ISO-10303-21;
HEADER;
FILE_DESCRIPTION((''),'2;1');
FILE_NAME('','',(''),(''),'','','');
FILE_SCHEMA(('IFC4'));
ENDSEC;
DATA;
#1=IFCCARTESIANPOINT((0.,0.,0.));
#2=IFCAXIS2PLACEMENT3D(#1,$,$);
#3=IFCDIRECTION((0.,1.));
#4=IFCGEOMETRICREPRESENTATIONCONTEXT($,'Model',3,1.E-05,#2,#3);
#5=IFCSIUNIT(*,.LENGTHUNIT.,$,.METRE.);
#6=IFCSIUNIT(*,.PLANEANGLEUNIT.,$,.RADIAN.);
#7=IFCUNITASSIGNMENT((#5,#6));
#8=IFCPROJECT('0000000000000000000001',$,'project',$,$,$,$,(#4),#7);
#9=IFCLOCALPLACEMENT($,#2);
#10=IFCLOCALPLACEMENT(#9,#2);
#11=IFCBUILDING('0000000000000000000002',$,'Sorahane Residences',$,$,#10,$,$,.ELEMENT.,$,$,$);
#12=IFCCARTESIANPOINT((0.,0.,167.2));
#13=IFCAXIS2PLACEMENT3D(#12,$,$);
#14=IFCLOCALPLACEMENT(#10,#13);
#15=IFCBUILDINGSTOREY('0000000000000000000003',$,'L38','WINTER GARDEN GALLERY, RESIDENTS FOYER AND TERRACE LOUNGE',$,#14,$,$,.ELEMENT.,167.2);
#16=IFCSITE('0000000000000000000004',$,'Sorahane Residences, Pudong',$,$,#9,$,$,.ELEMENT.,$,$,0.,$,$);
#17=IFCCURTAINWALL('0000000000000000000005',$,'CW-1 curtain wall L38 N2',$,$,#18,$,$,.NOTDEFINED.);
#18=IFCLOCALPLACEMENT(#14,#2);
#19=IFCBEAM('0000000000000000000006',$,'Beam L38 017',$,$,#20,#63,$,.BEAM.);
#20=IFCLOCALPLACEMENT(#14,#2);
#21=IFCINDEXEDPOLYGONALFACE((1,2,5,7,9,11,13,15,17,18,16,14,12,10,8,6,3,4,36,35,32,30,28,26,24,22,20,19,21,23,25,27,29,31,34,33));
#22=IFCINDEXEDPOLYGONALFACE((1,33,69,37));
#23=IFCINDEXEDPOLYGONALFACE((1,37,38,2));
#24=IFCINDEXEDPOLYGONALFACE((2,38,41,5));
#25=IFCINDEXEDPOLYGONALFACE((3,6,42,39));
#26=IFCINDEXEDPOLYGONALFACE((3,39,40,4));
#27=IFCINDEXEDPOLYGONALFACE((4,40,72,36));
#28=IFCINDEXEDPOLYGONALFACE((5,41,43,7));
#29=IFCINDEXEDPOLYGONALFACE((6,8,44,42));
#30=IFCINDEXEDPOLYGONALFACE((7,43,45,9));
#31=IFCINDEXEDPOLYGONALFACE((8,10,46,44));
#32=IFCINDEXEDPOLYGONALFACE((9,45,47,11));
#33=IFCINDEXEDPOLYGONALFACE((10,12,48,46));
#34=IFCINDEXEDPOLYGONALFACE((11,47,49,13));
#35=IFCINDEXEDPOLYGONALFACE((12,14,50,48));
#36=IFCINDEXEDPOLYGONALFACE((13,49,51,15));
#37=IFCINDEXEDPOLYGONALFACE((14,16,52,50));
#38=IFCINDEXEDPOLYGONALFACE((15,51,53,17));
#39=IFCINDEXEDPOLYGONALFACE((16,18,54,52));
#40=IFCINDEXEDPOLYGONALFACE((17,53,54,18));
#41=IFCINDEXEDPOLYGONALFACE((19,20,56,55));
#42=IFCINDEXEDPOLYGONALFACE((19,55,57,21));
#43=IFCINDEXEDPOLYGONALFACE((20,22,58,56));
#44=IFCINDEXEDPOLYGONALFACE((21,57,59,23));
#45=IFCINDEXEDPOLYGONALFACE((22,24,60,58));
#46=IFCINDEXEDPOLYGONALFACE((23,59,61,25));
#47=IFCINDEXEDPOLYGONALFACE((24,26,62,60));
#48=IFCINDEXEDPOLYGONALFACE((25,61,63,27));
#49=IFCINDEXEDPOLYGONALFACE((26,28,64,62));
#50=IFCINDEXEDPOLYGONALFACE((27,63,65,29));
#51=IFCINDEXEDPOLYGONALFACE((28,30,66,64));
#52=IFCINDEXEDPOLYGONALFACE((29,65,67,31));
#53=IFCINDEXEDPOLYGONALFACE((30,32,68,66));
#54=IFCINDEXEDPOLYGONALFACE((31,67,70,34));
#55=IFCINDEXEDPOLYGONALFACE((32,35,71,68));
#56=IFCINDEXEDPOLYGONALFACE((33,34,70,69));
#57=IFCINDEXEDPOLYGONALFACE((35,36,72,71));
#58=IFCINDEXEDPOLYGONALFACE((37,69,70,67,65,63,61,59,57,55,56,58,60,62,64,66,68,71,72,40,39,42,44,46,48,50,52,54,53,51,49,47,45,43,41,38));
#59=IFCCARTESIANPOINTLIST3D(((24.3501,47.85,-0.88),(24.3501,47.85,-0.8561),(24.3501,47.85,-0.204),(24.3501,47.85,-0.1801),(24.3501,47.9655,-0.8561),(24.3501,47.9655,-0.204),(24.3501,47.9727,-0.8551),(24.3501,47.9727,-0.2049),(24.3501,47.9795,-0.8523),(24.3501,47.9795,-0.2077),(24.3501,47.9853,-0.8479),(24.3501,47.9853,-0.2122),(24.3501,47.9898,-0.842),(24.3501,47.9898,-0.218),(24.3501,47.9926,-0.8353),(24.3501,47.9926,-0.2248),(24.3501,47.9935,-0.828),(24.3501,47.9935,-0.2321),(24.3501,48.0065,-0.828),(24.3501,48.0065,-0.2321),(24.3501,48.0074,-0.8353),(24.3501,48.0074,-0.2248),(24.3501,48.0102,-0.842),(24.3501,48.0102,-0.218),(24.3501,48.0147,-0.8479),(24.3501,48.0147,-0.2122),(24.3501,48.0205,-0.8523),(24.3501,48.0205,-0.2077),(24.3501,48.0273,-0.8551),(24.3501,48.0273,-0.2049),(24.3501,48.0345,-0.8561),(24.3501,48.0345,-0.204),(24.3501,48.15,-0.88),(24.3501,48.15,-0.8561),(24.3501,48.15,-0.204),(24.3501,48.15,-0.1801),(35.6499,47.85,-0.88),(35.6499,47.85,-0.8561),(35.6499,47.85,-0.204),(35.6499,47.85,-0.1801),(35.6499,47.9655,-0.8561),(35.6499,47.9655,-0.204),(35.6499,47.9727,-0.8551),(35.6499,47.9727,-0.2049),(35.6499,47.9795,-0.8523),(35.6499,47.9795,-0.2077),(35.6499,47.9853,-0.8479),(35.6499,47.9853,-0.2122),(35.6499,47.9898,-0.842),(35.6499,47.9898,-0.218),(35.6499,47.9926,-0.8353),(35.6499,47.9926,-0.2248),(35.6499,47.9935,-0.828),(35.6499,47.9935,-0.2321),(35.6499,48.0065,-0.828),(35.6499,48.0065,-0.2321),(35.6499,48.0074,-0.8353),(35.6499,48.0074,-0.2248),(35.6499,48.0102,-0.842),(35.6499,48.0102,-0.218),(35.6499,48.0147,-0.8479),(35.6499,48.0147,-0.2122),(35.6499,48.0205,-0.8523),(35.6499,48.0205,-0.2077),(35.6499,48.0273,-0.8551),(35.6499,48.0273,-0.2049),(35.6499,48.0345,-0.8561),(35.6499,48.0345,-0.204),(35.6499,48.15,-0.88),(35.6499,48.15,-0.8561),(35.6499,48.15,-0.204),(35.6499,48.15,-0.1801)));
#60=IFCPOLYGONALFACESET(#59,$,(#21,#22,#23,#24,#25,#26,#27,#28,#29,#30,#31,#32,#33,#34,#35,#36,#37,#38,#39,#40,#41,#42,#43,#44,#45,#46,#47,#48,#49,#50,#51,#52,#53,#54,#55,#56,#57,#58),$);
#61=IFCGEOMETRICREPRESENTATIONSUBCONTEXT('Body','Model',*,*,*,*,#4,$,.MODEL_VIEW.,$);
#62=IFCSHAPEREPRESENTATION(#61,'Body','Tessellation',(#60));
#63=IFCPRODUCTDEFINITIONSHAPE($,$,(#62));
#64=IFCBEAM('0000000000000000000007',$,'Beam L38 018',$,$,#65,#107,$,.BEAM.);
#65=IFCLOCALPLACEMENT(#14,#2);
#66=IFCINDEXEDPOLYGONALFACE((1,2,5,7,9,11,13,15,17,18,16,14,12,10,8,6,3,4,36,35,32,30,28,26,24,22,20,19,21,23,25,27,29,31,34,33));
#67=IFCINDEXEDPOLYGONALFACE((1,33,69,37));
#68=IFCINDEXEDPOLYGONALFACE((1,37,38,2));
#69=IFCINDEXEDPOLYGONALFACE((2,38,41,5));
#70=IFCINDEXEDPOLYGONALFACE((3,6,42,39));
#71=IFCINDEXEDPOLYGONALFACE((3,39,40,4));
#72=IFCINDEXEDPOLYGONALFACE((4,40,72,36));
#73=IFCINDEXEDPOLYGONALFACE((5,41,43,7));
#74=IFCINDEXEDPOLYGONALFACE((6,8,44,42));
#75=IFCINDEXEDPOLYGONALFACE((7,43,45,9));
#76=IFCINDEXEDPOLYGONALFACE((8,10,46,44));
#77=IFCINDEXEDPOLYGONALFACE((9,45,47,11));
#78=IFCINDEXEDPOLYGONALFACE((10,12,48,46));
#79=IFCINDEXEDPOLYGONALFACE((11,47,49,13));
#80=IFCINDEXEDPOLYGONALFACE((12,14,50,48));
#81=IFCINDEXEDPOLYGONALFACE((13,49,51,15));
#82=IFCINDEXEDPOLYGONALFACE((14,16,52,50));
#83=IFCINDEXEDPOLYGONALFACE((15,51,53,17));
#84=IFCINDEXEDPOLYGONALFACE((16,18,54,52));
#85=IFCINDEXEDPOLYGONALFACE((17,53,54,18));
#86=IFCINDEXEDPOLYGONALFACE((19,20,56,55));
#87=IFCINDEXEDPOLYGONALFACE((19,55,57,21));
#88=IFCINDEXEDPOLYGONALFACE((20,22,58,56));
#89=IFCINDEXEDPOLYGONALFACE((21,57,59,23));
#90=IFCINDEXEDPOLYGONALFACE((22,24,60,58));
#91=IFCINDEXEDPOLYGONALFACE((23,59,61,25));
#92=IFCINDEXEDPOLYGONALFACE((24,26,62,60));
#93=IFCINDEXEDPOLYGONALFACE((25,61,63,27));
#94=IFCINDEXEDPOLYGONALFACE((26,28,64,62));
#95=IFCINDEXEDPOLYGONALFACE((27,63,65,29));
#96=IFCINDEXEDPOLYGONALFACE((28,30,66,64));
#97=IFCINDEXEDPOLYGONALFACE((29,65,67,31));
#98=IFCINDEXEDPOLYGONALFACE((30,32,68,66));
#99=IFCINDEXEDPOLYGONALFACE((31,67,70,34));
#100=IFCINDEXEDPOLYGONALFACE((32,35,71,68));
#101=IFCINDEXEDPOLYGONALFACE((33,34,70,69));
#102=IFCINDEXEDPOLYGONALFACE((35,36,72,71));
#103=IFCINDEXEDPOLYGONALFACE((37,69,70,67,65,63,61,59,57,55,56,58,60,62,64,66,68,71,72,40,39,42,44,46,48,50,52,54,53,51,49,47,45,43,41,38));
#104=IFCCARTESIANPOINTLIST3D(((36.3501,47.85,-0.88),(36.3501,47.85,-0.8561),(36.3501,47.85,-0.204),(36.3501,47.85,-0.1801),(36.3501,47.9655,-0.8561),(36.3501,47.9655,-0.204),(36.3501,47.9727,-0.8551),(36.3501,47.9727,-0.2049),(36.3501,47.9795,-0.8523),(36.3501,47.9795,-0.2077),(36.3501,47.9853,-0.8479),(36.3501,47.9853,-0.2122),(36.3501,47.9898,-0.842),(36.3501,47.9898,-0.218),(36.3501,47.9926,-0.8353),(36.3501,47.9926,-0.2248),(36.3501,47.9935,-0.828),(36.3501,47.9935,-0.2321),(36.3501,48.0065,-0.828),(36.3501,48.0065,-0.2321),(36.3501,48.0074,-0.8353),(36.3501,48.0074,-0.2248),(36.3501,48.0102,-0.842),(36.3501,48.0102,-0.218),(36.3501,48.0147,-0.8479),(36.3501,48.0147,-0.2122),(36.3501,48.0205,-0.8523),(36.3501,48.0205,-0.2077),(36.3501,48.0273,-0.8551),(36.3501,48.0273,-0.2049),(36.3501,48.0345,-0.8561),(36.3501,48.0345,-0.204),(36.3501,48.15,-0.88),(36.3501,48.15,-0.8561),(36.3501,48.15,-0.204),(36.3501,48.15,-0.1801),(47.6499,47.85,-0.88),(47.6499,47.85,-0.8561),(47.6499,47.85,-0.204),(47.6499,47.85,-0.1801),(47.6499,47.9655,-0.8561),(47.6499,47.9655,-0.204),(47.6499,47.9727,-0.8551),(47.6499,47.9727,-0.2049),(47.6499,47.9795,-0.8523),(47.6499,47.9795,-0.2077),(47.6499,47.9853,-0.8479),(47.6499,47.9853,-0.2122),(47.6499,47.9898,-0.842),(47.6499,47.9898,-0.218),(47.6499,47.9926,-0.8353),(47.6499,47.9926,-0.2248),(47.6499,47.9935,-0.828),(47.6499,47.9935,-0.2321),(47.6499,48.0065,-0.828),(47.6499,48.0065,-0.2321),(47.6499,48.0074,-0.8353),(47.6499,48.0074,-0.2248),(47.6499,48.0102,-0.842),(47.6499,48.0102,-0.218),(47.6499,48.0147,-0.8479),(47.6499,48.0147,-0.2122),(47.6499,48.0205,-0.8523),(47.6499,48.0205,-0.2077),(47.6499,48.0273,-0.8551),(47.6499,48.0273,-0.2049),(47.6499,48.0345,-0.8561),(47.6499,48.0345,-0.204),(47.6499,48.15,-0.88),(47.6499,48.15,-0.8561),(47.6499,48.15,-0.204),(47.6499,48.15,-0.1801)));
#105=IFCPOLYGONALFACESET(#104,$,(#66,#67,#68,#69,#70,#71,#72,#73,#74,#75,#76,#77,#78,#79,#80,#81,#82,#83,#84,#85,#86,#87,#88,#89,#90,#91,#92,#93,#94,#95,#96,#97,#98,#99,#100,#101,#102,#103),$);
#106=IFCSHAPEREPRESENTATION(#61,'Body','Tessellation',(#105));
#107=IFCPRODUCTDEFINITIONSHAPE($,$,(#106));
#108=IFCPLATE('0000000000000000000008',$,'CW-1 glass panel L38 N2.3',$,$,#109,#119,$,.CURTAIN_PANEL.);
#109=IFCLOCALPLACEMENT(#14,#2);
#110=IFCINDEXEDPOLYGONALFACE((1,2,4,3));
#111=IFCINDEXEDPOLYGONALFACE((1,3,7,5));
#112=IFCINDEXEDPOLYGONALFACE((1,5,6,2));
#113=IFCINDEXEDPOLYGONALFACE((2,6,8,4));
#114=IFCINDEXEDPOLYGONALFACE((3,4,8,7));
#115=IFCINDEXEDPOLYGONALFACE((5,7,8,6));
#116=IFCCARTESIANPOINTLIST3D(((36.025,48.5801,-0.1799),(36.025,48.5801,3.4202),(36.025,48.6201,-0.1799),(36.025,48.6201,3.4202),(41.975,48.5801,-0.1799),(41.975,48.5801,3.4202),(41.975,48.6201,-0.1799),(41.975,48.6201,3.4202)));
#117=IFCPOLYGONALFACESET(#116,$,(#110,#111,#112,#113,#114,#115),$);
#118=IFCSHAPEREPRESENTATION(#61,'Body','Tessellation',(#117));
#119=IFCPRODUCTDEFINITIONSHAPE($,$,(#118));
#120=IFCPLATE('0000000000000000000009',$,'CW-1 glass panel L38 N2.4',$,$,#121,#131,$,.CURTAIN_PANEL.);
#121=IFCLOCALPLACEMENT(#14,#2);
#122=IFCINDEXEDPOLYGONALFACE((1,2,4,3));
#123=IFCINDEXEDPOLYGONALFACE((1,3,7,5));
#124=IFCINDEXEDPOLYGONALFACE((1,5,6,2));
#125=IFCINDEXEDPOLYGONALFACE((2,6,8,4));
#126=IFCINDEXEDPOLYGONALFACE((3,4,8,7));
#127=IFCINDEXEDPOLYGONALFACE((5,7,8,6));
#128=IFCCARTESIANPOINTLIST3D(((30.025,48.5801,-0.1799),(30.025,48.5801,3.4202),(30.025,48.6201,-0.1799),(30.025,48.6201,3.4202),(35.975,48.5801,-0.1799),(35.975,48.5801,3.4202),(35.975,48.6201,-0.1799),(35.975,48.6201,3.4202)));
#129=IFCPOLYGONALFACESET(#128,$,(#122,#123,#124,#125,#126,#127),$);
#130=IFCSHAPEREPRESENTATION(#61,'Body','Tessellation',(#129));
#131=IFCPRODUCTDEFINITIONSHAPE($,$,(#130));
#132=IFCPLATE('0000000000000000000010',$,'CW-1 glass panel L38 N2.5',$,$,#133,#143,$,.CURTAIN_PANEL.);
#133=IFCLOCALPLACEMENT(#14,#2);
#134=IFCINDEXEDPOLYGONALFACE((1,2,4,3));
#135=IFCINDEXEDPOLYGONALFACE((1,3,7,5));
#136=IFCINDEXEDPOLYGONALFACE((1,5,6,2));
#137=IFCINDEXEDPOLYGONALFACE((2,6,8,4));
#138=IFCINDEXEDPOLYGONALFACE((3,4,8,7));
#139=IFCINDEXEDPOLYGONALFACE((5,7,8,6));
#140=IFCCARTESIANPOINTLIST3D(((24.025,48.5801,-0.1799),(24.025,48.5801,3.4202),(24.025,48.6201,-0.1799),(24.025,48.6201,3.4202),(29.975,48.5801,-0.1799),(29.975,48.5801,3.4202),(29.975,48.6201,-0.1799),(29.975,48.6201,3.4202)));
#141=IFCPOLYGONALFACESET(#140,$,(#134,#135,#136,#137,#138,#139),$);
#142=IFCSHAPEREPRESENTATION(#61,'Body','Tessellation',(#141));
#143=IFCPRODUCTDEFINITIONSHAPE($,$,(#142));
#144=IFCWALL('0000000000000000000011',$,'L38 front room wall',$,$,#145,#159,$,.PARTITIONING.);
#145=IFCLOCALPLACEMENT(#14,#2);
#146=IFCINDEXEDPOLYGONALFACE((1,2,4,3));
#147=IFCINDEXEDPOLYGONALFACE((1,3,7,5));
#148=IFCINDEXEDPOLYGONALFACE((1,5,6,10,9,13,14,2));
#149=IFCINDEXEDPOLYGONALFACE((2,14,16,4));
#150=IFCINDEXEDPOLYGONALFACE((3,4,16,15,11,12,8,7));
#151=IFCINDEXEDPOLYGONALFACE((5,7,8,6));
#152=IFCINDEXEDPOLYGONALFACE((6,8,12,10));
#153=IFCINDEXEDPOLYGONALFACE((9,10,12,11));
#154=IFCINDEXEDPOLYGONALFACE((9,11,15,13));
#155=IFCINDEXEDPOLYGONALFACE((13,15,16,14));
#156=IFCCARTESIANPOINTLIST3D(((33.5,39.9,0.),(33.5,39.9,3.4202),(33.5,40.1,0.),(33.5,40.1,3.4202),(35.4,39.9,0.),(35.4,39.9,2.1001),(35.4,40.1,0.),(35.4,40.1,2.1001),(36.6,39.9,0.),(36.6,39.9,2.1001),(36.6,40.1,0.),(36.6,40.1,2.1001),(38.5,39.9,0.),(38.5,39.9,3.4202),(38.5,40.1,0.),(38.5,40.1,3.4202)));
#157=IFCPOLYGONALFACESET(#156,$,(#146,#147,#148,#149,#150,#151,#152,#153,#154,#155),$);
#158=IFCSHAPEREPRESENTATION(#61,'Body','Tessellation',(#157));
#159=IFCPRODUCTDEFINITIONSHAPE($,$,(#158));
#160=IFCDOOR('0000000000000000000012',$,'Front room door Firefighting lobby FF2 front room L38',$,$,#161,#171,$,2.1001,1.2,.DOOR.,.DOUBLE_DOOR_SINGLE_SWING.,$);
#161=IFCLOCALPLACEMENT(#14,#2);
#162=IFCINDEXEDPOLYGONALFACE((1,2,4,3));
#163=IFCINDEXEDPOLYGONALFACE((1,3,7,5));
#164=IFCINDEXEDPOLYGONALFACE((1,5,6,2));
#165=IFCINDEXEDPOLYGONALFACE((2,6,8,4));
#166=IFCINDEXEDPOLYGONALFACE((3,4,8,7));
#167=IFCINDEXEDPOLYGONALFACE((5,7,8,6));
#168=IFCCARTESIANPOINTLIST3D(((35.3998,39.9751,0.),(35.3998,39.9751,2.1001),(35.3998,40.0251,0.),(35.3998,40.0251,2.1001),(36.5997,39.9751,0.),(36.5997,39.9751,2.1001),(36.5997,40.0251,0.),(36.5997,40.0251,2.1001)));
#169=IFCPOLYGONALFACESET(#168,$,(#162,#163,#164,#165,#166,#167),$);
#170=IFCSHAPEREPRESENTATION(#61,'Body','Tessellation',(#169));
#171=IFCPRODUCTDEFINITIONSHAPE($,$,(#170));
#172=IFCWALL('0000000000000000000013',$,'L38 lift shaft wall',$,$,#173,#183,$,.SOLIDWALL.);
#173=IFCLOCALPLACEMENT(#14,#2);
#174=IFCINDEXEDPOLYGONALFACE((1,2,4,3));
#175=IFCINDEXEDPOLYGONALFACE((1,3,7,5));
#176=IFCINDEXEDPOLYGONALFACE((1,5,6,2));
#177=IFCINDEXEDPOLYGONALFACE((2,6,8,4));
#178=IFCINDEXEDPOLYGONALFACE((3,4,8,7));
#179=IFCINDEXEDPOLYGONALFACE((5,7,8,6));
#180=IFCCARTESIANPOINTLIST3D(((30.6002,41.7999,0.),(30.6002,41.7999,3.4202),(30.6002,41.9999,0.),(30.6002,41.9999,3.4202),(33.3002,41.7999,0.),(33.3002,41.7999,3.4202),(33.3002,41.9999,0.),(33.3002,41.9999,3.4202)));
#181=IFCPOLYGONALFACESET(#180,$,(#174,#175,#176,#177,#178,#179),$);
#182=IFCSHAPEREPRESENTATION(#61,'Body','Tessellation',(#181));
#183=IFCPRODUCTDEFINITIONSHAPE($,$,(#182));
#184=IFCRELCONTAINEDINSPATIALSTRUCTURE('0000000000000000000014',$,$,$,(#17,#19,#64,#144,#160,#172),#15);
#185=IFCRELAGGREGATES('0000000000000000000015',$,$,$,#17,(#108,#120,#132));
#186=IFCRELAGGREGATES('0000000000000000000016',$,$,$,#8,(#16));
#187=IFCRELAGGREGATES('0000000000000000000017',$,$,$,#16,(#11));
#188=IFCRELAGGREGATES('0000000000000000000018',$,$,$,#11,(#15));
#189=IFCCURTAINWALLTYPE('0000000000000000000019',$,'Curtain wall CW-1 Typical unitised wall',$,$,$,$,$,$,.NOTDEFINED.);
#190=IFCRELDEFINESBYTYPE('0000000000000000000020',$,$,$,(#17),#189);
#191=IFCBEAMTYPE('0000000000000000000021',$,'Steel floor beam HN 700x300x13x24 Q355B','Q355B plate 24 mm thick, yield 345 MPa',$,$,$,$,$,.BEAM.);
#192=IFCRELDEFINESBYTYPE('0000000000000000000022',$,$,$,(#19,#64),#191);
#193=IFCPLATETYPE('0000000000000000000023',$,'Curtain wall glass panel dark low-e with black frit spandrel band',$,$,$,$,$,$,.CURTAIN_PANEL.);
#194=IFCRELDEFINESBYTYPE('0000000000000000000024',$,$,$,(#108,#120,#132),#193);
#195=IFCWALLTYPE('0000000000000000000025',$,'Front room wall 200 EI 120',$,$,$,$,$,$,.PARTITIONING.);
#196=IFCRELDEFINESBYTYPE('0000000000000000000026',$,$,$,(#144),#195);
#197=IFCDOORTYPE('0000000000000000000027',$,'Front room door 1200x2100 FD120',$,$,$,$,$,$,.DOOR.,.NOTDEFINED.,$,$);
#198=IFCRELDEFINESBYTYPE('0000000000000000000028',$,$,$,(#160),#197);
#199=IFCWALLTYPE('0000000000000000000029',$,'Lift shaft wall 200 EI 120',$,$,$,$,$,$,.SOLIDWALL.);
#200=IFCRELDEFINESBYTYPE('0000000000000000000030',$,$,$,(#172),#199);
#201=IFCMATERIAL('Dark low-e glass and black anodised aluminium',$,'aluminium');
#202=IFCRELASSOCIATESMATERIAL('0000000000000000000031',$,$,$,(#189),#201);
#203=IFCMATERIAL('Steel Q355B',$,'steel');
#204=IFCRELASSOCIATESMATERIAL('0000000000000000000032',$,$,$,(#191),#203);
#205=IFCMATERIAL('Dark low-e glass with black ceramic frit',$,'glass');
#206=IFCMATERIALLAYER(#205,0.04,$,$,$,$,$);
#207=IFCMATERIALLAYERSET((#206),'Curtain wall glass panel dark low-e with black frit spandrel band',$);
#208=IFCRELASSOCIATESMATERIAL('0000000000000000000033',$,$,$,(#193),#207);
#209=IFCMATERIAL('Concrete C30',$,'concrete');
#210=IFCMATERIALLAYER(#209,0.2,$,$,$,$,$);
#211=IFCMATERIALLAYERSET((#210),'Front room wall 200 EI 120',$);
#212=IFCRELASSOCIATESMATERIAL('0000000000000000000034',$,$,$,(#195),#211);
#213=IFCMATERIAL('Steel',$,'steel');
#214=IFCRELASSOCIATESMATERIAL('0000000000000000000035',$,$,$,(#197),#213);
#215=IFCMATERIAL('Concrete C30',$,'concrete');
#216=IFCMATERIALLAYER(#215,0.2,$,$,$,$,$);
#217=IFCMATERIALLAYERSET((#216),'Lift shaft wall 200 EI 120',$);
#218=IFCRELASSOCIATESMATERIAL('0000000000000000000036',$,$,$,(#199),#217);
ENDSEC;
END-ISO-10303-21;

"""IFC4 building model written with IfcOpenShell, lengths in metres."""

from ifc_helpers import new_model, si_unit, direction, frame, frame_2d, origin, origin_2d, place, context, subcontext, project, spatial, rectangle, i_section, extrude, material, layer, layer_set, material_profile, profile_set, type_object, element, fill, aggregate, save


model = new_model("IFC4")

# Units and contexts
model_context = context("Model", 3, precision=1e-05, world=origin(), true_north=direction((0.0, 1.0)))
body_context = subcontext(model_context, "Body", "Model", "MODEL_VIEW")
ifc_project = project(units=[si_unit("LENGTHUNIT", "METRE"), si_unit("PLANEANGLEUNIT", "RADIAN")], contexts=[model_context])

# Site, building, storey
site_placement = place(None, origin())
site = spatial("IfcSite", under=ifc_project, at=site_placement, Name="Sorahane Residences, Pudong", CompositionType="ELEMENT", RefElevation=0.0)
building_placement = place(site_placement, origin())
building = spatial("IfcBuilding", under=site, at=building_placement, Name="Sorahane Residences", CompositionType="ELEMENT")
storey_placement = place(building_placement, frame((0.0, 0.0, 167.2)))
storey = spatial("IfcBuildingStorey", under=building, at=storey_placement, Name="L38", Description="WINTER GARDEN GALLERY, RESIDENTS FOYER AND TERRACE LOUNGE", CompositionType="ELEMENT", Elevation=167.2)

# Curtain wall
ifc_material_1 = material(Name="Dark low-e glass and black anodised aluminium", Category="aluminium")
curtain_wall_type = type_object("IfcCurtainWallType", Name="Curtain wall CW-1 Typical unitised wall", PredefinedType="NOTDEFINED", material=ifc_material_1)
curtain_wall_placement = place(storey_placement, origin())
curtain_wall = element("IfcCurtainWall", 1, at=curtain_wall_placement, inside=storey, type_object=curtain_wall_type, Name="CW-1 curtain wall L38 N2", PredefinedType="NOTDEFINED")

# Beams
ifc_material_2 = material(Name="Steel Q355B", Category="steel")
ifc_material_profile_1 = material_profile(ifc_material_2, i_section(OverallWidth=0.3, OverallDepth=0.7, WebThickness=0.0129, FlangeThickness=0.0239, FilletRadius=0.0281, at=origin_2d()), Name="HN 700x300x13x24")
ifc_profile_set_1 = profile_set([ifc_material_profile_1], Name="Steel Q355B")
beam_type_1 = type_object("IfcBeamType", Name="Steel floor beam HN 700x300x13x24 Q355B", Description="Q355B plate 24 mm thick, yield 345 MPa", PredefinedType="BEAM", material=ifc_profile_set_1)
for number, where, z_axis, x_axis, name in (
    (2, (24.3501, 48.0, -0.53), (1.0, 0.0, 0.0), (0.0, 1.0, 0.0), "Beam L38 017"),
    (3, (36.3501, 48.0, -0.53), (1.0, 0.0, 0.0), (0.0, 1.0, 0.0), "Beam L38 018"),
):
    element("IfcBeam", number, at=place(storey_placement, frame(where, z_axis=z_axis, x_axis=x_axis)), inside=storey, type_object=beam_type_1, Name=name, PredefinedType="BEAM", context=body_context, shape_type="SweptSolid", body=[
        extrude(i_section(OverallWidth=0.3, OverallDepth=0.7, WebThickness=0.0129, FlangeThickness=0.0239, FilletRadius=0.0281, at=origin_2d()), origin(), (0.0, 0.0, 1.0), 11.2998),
    ])

# Plates
ifc_material_3 = material(Name="Dark low-e glass with black ceramic frit", Category="glass")
ifc_layer_1 = layer(ifc_material_3, 0.04)
ifc_layer_set_1 = layer_set([ifc_layer_1], Name="Curtain wall glass panel dark low-e with black frit spandrel band")
plate_type = type_object("IfcPlateType", Name="Curtain wall glass panel dark low-e with black frit spandrel band", PredefinedType="CURTAIN_PANEL", material=ifc_layer_set_1)
plate_1_placement = place(storey_placement, frame((39.0, 48.6001, -0.1799), z_axis=(0.0, 0.0, 1.0), x_axis=(-1.0, 0.0, 0.0)))
plate_1 = element("IfcPlate", 4, at=plate_1_placement, type_object=plate_type, Name="CW-1 glass panel L38 N2.3", PredefinedType="CURTAIN_PANEL", context=body_context, shape_type="SweptSolid", body=[
    extrude(rectangle(XDim=5.95, YDim=0.04, at=origin_2d()), origin(), (0.0, 0.0, 1.0), 3.6001),
])
plate_2_placement = place(storey_placement, frame((33.0, 48.6001, -0.1799), z_axis=(0.0, 0.0, 1.0), x_axis=(-1.0, 0.0, 0.0)))
plate_2 = element("IfcPlate", 5, at=plate_2_placement, type_object=plate_type, Name="CW-1 glass panel L38 N2.4", PredefinedType="CURTAIN_PANEL", context=body_context, shape_type="SweptSolid", body=[
    extrude(rectangle(XDim=5.95, YDim=0.04, at=origin_2d()), origin(), (0.0, 0.0, 1.0), 3.6001),
])
plate_3_placement = place(storey_placement, frame((27.0, 48.6001, -0.1799), z_axis=(0.0, 0.0, 1.0), x_axis=(-1.0, 0.0, 0.0)))
plate_3 = element("IfcPlate", 6, at=plate_3_placement, type_object=plate_type, Name="CW-1 glass panel L38 N2.5", PredefinedType="CURTAIN_PANEL", context=body_context, shape_type="SweptSolid", body=[
    extrude(rectangle(XDim=5.95, YDim=0.04, at=origin_2d()), origin(), (0.0, 0.0, 1.0), 3.6001),
])
aggregate(curtain_wall, [plate_1, plate_2, plate_3])

# Wall, opening, door
ifc_material_4 = material(Name="Concrete C30", Category="concrete")
ifc_layer_2 = layer(ifc_material_4, 0.2)
ifc_layer_set_2 = layer_set([ifc_layer_2], Name="Front room wall 200 EI 120")
wall_type_1 = type_object("IfcWallType", Name="Front room wall 200 EI 120", PredefinedType="PARTITIONING", material=ifc_layer_set_2)
wall_1_placement = place(storey_placement, frame((33.5, 40.0, 0.0), z_axis=(0.0, 0.0, 1.0), x_axis=(1.0, 0.0, 0.0)))
wall_1 = element("IfcWall", 7, at=wall_1_placement, inside=storey, type_object=wall_type_1, Name="L38 front room wall", PredefinedType="PARTITIONING", context=body_context, shape_type="SweptSolid", body=[
    extrude(rectangle(XDim=5.0, YDim=0.2, at=frame_2d((2.5, 0.0))), origin(), (0.0, 0.0, 1.0), 3.4202),
])
opening_placement = place(wall_1_placement, frame((1.8999, 0.0, 0.0)))
opening = element("IfcOpeningElement", 8, at=opening_placement, cuts=wall_1, PredefinedType="OPENING", context=body_context, shape_type="SweptSolid", body=[
    extrude(rectangle(XDim=1.2, YDim=2.1001, at=frame_2d((0.6001, 1.05))), frame((0.0, 0.1099, 0.0), z_axis=(0.0, -1.0, 0.0), x_axis=(1.0, 0.0, 0.0)), (0.0, 0.0, 1.0), 0.22),
])
ifc_material_5 = material(Name="Steel", Category="steel")
door_type = type_object("IfcDoorType", Name="Front room door 1200x2100 FD120", OperationType="NOTDEFINED", PredefinedType="DOOR", material=ifc_material_5)
door_placement = place(opening_placement, frame((1.2, 0.0, 0.0), z_axis=(0.0, 0.0, 1.0), x_axis=(-1.0, 0.0, 0.0)))
door = element("IfcDoor", 9, at=door_placement, inside=storey, type_object=door_type, Name="Front room door Firefighting lobby FF2 front room L38", OperationType="DOUBLE_DOOR_SINGLE_SWING", OverallHeight=2.1001, OverallWidth=1.2, PredefinedType="DOOR", context=body_context, shape_type="SweptSolid", body=[
    extrude(rectangle(XDim=1.2, YDim=2.1001, at=frame_2d((0.6001, 1.05))), frame((0.0, 0.0249, 0.0), z_axis=(0.0, -1.0, 0.0), x_axis=(1.0, 0.0, 0.0)), (0.0, 0.0, 1.0), 0.05),
])
fill(opening, door)

# Wall
ifc_material_6 = material(Name="Concrete C30", Category="concrete")
ifc_layer_3 = layer(ifc_material_6, 0.2)
ifc_layer_set_3 = layer_set([ifc_layer_3], Name="Lift shaft wall 200 EI 120")
wall_type_2 = type_object("IfcWallType", Name="Lift shaft wall 200 EI 120", PredefinedType="SOLIDWALL", material=ifc_layer_set_3)
wall_2_placement = place(storey_placement, frame((30.6001, 41.8999, 0.0), z_axis=(0.0, 0.0, 1.0), x_axis=(1.0, 0.0, 0.0)))
element("IfcWall", 10, at=wall_2_placement, inside=storey, type_object=wall_type_2, Name="L38 lift shaft wall", PredefinedType="SOLIDWALL", context=body_context, shape_type="SweptSolid", body=[
    extrude(rectangle(XDim=2.7, YDim=0.2, at=frame_2d((1.3501, 0.0))), origin(), (0.0, 0.0, 1.0), 3.4202),
])

save(model, "model.ifc")
